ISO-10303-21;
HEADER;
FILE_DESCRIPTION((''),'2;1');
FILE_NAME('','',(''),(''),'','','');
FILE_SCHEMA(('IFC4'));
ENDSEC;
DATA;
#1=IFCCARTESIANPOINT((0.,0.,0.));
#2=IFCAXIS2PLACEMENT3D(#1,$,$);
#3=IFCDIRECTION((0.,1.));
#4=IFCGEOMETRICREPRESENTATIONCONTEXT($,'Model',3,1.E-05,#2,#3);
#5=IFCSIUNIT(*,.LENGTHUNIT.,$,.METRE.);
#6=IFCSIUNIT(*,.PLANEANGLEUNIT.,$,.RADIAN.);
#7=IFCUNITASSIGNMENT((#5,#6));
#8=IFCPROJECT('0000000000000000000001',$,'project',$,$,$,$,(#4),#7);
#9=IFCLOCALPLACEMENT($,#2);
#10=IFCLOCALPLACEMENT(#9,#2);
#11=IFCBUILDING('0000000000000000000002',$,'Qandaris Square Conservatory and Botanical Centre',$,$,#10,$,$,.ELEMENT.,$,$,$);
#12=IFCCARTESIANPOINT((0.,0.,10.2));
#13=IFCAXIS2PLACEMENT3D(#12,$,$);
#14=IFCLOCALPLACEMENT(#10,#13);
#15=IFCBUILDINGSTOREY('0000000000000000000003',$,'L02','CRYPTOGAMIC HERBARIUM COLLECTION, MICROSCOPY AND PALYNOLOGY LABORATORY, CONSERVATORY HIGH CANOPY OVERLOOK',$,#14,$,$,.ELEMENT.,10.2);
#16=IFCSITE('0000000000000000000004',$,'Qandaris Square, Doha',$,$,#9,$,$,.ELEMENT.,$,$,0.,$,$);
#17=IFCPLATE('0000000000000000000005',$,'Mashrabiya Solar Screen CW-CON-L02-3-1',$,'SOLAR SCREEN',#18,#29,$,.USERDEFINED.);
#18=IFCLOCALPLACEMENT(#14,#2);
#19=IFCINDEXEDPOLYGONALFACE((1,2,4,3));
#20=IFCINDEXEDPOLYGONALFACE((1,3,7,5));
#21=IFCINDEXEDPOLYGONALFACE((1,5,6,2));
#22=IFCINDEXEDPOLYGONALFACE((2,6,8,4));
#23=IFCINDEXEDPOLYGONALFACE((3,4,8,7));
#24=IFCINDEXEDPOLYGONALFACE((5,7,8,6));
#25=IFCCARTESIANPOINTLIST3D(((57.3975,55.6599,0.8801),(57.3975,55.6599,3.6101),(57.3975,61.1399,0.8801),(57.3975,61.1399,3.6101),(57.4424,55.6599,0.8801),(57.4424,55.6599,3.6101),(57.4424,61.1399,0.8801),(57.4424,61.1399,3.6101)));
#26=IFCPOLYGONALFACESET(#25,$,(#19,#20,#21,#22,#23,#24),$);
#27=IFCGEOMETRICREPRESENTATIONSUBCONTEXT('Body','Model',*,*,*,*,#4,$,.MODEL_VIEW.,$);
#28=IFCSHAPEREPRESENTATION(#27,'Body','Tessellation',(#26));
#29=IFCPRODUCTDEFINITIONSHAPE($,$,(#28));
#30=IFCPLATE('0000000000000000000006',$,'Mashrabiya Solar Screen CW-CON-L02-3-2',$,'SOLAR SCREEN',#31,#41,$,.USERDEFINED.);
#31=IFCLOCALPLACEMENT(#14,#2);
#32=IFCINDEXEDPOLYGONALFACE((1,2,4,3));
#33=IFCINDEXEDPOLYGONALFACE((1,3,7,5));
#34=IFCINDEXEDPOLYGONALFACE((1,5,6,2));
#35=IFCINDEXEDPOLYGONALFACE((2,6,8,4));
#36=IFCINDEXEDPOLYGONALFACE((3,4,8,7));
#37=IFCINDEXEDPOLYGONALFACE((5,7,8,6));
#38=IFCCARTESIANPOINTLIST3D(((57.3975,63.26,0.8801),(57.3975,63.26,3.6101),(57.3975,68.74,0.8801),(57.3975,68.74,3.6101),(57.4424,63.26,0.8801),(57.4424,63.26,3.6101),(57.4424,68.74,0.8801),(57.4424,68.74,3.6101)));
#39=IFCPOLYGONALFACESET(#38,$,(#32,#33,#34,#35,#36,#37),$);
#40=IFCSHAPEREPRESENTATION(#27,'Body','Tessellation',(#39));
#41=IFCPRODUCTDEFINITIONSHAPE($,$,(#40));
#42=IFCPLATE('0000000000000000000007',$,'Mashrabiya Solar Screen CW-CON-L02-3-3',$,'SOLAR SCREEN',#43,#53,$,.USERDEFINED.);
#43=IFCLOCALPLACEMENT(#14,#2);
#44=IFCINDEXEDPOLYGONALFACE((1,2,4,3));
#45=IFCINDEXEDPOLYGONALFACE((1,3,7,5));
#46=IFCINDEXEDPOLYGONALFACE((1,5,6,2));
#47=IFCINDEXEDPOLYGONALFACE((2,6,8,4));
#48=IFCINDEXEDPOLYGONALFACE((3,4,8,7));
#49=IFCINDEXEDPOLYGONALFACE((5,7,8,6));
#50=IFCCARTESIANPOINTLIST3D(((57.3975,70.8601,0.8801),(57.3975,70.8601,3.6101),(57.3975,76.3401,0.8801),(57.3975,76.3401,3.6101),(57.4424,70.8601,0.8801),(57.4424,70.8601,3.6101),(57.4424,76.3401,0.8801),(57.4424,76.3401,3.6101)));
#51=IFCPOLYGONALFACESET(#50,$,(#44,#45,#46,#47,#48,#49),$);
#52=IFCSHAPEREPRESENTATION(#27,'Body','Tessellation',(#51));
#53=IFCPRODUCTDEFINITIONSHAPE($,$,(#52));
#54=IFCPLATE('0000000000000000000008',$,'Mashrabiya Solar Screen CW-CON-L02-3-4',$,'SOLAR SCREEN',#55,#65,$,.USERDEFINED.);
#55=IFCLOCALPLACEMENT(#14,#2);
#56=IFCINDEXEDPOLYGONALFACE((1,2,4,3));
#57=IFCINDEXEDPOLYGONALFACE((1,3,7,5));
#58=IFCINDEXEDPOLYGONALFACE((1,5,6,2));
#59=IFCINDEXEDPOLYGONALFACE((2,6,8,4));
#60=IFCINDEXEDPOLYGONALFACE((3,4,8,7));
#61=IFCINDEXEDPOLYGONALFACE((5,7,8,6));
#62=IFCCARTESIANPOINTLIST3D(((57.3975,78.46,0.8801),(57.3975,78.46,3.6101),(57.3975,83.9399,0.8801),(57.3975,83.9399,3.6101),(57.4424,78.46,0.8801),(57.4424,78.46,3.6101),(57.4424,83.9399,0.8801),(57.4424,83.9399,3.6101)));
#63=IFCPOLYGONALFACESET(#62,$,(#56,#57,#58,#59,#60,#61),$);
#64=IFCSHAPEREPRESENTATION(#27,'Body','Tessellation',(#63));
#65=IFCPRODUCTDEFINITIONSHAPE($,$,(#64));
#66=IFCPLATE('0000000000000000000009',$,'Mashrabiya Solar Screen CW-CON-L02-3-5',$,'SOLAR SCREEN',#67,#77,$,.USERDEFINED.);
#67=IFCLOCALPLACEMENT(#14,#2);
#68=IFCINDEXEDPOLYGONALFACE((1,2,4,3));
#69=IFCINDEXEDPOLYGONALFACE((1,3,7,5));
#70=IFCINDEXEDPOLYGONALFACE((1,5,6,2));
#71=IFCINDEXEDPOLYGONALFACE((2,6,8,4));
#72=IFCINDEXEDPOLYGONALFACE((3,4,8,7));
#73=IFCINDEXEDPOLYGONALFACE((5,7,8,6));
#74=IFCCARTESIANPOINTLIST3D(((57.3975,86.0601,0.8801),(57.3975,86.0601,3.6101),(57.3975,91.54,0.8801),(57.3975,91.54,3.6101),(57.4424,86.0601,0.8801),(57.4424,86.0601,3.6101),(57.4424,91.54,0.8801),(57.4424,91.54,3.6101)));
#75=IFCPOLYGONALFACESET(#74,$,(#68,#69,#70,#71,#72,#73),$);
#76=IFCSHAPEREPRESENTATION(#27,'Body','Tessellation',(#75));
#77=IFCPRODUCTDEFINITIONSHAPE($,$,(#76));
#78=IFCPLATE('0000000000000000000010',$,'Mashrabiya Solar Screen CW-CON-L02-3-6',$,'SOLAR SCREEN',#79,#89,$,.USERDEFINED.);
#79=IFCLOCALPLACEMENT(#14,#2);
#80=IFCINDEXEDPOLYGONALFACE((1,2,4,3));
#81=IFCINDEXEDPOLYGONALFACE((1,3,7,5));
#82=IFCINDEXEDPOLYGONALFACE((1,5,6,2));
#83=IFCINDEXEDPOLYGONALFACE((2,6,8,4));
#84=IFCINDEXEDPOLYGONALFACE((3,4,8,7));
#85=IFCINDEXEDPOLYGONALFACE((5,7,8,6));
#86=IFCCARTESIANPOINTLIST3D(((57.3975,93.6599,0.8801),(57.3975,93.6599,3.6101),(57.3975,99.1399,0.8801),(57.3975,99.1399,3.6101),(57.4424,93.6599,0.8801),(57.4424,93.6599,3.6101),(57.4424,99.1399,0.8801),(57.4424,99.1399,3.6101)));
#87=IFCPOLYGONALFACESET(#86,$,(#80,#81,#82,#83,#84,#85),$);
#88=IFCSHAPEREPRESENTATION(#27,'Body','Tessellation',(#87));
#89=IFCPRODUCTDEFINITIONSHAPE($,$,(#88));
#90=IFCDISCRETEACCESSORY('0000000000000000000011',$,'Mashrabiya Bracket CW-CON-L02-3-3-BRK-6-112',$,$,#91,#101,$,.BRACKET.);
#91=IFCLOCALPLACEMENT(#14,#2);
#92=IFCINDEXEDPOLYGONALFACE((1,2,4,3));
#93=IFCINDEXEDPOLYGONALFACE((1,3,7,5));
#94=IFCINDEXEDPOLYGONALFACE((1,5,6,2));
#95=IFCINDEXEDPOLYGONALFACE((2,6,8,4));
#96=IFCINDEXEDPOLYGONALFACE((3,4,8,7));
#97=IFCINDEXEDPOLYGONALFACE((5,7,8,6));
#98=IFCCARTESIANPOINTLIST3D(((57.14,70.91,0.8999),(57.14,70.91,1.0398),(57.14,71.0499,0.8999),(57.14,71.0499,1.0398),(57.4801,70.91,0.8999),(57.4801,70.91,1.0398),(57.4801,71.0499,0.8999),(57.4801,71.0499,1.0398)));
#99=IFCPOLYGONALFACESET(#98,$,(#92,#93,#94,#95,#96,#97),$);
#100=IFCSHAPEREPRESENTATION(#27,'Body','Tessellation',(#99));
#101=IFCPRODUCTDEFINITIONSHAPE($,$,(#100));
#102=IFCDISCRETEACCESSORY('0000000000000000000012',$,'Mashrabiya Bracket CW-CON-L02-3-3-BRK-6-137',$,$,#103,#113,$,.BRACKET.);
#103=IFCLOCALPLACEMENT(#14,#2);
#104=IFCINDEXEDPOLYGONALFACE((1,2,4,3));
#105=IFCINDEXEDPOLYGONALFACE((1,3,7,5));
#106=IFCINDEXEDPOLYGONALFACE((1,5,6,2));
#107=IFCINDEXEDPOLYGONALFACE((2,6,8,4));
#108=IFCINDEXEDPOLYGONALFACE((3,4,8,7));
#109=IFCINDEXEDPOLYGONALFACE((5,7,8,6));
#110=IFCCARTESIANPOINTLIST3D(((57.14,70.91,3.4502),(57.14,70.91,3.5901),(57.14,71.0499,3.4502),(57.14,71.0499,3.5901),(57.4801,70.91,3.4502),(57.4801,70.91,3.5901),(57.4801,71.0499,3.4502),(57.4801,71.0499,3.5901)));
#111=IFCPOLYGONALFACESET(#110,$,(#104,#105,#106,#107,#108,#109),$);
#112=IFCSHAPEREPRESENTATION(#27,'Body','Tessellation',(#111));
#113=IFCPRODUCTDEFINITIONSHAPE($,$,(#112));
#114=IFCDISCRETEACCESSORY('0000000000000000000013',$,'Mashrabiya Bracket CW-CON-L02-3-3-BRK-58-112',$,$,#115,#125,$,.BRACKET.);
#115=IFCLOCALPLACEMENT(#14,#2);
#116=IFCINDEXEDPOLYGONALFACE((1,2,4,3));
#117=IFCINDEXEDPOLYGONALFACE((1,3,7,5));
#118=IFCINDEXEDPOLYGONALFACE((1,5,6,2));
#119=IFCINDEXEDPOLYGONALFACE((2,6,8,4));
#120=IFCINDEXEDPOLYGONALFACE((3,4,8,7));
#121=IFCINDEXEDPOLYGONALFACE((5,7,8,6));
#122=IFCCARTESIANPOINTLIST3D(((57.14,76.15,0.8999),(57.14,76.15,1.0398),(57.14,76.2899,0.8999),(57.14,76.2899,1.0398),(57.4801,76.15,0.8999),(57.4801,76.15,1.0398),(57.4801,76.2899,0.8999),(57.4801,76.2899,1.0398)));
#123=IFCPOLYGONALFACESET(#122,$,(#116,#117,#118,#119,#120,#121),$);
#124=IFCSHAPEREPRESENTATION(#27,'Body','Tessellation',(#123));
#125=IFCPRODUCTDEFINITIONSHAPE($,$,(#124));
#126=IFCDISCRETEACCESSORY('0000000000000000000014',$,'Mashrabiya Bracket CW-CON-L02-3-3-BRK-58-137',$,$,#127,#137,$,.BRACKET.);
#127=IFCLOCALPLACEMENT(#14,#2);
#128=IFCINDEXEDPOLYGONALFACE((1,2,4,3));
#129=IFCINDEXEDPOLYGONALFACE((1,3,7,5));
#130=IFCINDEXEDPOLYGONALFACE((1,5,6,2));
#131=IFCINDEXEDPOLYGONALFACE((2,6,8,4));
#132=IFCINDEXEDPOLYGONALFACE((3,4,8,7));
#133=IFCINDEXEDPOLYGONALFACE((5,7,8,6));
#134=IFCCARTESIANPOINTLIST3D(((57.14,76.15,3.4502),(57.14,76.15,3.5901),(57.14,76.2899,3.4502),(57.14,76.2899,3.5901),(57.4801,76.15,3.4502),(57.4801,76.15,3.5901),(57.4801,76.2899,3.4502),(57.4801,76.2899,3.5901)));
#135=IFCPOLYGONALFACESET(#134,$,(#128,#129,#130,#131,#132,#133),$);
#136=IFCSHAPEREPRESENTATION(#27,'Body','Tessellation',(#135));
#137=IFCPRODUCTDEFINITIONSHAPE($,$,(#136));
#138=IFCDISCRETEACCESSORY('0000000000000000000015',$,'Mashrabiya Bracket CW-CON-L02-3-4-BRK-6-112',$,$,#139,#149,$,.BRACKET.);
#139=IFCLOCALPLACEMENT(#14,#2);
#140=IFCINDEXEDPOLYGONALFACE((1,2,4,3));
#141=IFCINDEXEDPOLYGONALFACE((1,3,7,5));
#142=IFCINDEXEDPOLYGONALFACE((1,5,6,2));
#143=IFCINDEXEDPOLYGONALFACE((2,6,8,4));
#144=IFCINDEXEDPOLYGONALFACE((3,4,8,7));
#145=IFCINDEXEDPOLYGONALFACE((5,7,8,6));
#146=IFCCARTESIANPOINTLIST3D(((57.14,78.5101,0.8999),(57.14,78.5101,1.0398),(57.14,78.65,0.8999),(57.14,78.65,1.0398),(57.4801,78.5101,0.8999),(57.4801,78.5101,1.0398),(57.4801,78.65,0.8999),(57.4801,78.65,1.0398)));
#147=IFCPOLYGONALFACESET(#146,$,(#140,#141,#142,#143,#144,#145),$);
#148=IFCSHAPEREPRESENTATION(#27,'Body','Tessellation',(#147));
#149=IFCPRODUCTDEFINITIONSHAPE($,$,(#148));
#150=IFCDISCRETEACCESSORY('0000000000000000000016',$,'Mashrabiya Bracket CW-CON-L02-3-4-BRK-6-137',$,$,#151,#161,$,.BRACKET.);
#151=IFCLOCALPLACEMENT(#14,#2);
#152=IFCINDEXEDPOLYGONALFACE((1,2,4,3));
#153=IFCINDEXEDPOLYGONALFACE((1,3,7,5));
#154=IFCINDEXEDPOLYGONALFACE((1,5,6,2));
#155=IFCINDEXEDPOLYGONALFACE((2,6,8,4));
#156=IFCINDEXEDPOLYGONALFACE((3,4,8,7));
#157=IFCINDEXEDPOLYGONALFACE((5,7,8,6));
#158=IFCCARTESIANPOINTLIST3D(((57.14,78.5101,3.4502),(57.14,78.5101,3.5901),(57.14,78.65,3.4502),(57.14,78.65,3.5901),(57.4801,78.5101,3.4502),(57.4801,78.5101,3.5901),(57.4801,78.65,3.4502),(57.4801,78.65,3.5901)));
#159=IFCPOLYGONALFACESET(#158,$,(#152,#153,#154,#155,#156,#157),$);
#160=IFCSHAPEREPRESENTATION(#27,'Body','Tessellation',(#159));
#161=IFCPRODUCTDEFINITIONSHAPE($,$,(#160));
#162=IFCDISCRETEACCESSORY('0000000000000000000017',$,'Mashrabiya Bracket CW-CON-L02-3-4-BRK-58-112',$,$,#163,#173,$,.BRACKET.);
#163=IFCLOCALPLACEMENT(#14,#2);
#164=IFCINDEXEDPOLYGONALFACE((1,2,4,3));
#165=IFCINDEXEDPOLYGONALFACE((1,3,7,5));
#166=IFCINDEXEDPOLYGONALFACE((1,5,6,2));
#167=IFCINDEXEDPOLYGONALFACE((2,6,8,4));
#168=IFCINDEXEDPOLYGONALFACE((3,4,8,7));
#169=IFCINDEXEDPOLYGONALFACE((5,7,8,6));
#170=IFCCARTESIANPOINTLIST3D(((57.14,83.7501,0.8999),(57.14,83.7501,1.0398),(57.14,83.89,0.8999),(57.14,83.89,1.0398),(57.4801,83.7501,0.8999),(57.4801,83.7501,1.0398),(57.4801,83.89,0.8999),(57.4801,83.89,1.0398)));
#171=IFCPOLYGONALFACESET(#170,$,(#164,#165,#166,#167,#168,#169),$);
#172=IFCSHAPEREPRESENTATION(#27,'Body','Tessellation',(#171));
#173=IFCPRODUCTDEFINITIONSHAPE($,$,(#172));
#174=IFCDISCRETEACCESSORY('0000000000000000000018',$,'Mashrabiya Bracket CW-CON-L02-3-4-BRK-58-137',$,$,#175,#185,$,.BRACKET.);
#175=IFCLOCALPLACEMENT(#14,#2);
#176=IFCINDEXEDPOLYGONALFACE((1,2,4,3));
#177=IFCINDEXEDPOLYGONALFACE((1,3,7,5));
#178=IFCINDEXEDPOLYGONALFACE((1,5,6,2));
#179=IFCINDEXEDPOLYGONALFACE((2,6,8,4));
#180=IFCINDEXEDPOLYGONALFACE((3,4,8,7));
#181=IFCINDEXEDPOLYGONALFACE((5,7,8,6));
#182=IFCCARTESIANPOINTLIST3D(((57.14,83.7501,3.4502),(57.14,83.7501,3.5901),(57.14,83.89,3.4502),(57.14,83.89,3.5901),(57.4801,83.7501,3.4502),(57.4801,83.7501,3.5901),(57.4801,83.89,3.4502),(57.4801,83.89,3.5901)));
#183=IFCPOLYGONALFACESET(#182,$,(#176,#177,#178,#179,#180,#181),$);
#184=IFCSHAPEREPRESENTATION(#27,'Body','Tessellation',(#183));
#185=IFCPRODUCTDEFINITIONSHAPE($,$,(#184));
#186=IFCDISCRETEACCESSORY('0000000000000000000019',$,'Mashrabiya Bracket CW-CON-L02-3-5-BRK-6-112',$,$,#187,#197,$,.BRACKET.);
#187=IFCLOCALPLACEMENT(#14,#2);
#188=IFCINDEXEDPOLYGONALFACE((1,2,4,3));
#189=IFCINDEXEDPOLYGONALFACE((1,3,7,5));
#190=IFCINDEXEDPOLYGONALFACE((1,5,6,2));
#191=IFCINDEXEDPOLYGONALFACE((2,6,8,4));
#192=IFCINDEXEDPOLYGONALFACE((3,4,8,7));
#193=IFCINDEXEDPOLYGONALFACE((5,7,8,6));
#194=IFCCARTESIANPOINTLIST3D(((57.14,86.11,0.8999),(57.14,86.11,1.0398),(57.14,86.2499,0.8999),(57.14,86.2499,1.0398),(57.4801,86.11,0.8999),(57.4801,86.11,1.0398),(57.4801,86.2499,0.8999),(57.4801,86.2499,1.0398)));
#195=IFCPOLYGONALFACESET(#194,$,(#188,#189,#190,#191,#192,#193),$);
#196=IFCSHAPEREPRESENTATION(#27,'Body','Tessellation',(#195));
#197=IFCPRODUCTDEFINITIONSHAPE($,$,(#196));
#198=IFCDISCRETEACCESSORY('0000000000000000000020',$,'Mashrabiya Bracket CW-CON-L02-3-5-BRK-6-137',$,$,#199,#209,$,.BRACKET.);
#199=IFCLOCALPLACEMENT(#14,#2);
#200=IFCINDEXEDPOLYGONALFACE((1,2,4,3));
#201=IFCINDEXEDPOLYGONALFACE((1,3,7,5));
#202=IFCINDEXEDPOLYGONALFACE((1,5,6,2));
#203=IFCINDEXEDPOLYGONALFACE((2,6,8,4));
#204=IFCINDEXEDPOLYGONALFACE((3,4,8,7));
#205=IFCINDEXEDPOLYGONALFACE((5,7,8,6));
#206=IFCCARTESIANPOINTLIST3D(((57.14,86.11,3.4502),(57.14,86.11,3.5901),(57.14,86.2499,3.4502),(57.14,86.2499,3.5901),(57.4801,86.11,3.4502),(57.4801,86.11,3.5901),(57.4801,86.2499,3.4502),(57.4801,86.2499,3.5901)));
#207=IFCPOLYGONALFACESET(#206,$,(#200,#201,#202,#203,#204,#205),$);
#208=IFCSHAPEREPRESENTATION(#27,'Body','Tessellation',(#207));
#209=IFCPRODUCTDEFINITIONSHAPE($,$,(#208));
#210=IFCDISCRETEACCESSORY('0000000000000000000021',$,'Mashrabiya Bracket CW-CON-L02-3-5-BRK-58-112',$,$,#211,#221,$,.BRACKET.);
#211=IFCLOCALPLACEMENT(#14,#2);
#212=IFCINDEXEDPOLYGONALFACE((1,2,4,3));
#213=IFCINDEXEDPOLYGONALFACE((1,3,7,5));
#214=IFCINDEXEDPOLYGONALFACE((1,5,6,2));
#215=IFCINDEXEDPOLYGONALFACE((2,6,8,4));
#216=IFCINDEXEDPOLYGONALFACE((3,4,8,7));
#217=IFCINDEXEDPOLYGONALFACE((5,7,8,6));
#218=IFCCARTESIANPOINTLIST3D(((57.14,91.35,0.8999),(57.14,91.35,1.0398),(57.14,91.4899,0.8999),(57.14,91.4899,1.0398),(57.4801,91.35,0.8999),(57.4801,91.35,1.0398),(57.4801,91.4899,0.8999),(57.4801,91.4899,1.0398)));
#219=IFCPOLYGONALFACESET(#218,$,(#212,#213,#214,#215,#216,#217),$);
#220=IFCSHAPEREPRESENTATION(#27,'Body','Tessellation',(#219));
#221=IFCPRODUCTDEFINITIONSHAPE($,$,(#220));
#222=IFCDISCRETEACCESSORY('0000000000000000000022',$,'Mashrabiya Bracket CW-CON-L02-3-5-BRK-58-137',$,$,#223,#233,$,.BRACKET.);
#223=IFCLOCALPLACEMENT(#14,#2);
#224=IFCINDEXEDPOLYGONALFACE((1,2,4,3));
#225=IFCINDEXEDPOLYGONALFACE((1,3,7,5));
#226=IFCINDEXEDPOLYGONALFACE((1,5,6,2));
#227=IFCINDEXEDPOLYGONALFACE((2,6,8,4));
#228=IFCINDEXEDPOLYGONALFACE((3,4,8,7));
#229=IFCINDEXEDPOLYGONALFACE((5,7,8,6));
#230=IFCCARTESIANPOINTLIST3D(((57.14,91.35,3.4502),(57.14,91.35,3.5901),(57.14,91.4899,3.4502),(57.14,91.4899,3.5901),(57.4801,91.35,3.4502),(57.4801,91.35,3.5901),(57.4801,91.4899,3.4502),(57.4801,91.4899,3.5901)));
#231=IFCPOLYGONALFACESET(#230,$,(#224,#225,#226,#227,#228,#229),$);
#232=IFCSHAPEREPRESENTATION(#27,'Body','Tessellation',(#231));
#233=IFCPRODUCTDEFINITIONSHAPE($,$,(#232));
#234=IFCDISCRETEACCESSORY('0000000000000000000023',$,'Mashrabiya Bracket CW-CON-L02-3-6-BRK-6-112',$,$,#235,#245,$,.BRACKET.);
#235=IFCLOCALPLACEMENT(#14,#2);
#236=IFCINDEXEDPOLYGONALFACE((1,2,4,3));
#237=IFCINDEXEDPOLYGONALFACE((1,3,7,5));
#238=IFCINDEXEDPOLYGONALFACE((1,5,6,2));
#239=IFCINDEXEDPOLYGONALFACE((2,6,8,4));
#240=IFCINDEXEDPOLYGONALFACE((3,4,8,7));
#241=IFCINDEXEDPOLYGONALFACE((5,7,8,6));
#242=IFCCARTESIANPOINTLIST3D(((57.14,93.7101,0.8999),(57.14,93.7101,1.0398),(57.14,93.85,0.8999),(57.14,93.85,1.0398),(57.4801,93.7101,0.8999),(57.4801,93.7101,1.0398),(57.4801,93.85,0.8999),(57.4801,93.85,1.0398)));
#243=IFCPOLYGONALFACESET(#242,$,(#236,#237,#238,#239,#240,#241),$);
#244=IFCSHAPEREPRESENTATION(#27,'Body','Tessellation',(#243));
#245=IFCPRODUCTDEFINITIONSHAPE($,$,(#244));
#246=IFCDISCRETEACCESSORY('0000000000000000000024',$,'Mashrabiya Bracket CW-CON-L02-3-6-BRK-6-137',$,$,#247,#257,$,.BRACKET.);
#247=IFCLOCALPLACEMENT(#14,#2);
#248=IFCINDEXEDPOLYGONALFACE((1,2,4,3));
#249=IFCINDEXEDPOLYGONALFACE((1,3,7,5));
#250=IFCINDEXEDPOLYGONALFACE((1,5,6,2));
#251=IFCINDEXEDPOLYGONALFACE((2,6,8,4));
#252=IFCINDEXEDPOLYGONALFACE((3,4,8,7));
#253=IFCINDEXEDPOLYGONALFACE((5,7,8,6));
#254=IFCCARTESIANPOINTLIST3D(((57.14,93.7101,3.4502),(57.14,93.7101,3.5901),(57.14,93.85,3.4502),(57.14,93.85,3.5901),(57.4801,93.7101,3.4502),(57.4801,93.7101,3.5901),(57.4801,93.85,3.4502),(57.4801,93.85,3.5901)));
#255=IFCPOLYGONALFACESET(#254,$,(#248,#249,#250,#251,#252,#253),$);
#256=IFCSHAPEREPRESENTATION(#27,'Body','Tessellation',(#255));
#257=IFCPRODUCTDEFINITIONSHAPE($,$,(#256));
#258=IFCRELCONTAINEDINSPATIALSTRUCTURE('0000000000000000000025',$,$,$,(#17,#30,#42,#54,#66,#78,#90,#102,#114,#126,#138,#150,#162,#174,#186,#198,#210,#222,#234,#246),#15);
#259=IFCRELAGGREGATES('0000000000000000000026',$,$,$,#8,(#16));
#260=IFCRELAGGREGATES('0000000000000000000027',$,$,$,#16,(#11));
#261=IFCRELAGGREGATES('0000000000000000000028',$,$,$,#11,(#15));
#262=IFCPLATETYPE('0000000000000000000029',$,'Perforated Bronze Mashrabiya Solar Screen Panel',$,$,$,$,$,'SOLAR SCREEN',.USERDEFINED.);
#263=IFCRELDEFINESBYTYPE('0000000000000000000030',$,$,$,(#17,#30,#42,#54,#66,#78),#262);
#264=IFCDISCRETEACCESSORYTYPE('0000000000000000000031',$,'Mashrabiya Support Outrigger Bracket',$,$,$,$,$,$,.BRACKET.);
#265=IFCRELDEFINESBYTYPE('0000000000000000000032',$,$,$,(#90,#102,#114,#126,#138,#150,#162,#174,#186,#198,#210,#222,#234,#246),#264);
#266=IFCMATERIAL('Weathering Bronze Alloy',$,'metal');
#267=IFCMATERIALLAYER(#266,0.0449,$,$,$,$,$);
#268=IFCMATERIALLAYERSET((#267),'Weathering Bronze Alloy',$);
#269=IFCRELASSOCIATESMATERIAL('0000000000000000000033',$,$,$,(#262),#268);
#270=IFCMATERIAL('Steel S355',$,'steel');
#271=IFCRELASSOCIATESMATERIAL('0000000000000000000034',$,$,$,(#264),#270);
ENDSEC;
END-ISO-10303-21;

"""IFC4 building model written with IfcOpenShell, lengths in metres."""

from ifc_helpers import new_model, si_unit, direction, frame, origin, origin_2d, place, context, subcontext, project, spatial, rectangle, extrude, material, layer, layer_set, type_object, element, save


model = new_model("IFC4")

# Units and contexts
model_context = context("Model", 3, precision=1e-05, world=origin(), true_north=direction((0.0, 1.0)))
body_context = subcontext(model_context, "Body", "Model", "MODEL_VIEW")
ifc_project = project(units=[si_unit("LENGTHUNIT", "METRE"), si_unit("PLANEANGLEUNIT", "RADIAN")], contexts=[model_context])

# Site, building, storey
site_placement = place(None, origin())
site = spatial("IfcSite", under=ifc_project, at=site_placement, Name="Qandaris Square, Doha", CompositionType="ELEMENT", RefElevation=0.0)
building_placement = place(site_placement, origin())
building = spatial("IfcBuilding", under=site, at=building_placement, Name="Qandaris Square Conservatory and Botanical Centre", CompositionType="ELEMENT")
storey_placement = place(building_placement, frame((0.0, 0.0, 10.2)))
storey = spatial("IfcBuildingStorey", under=building, at=storey_placement, Name="L02", Description="CRYPTOGAMIC HERBARIUM COLLECTION, MICROSCOPY AND PALYNOLOGY LABORATORY, CONSERVATORY HIGH CANOPY OVERLOOK", CompositionType="ELEMENT", Elevation=10.2)

# Plates
ifc_material_1 = material(Name="Weathering Bronze Alloy", Category="metal")
ifc_layer = layer(ifc_material_1, 0.0449)
ifc_layer_set = layer_set([ifc_layer], Name="Weathering Bronze Alloy")
plate_type = type_object("IfcPlateType", Name="Perforated Bronze Mashrabiya Solar Screen Panel", ElementType="SOLAR SCREEN", PredefinedType="USERDEFINED", material=ifc_layer_set)
for number, where, z_axis, x_axis, name in (
    (1, (57.4199, 58.3999, 0.8801), (0.0, 0.0, 1.0), (0.0, 1.0, 0.0), "Mashrabiya Solar Screen CW-CON-L02-3-1"),
    (2, (57.4199, 66.0, 0.8801), (0.0, 0.0, 1.0), (0.0, 1.0, 0.0), "Mashrabiya Solar Screen CW-CON-L02-3-2"),
    (3, (57.4199, 73.6001, 0.8801), (0.0, 0.0, 1.0), (0.0, 1.0, 0.0), "Mashrabiya Solar Screen CW-CON-L02-3-3"),
    (4, (57.4199, 81.2, 0.8801), (0.0, 0.0, 1.0), (0.0, 1.0, 0.0), "Mashrabiya Solar Screen CW-CON-L02-3-4"),
    (5, (57.4199, 88.8, 0.8801), (0.0, 0.0, 1.0), (0.0, 1.0, 0.0), "Mashrabiya Solar Screen CW-CON-L02-3-5"),
    (6, (57.4199, 96.3999, 0.8801), (0.0, 0.0, 1.0), (0.0, 1.0, 0.0), "Mashrabiya Solar Screen CW-CON-L02-3-6"),
):
    element("IfcPlate", number, at=place(storey_placement, frame(where, z_axis=z_axis, x_axis=x_axis)), inside=storey, type_object=plate_type, Name=name, ObjectType="SOLAR SCREEN", PredefinedType="USERDEFINED", context=body_context, shape_type="SweptSolid", body=[
        extrude(rectangle(XDim=5.48, YDim=0.0449, at=origin_2d()), origin(), (0.0, 0.0, 1.0), 2.73),
    ])

# Discrete accessories
ifc_material_2 = material(Name="Steel S355", Category="steel")
discrete_accessory_type = type_object("IfcDiscreteAccessoryType", Name="Mashrabiya Support Outrigger Bracket", PredefinedType="BRACKET", material=ifc_material_2)
for number, where, z_axis, x_axis, name in (
    (7, (57.3101, 70.98, 0.8999), (0.0, 0.0, 1.0), (0.0, 1.0, 0.0), "Mashrabiya Bracket CW-CON-L02-3-3-BRK-6-112"),
    (8, (57.3101, 70.98, 3.4502), (0.0, 0.0, 1.0), (0.0, 1.0, 0.0), "Mashrabiya Bracket CW-CON-L02-3-3-BRK-6-137"),
    (9, (57.3101, 76.22, 0.8999), (0.0, 0.0, 1.0), (0.0, 1.0, 0.0), "Mashrabiya Bracket CW-CON-L02-3-3-BRK-58-112"),
    (10, (57.3101, 76.22, 3.4502), (0.0, 0.0, 1.0), (0.0, 1.0, 0.0), "Mashrabiya Bracket CW-CON-L02-3-3-BRK-58-137"),
    (11, (57.3101, 78.5801, 0.8999), (0.0, 0.0, 1.0), (0.0, 1.0, 0.0), "Mashrabiya Bracket CW-CON-L02-3-4-BRK-6-112"),
    (12, (57.3101, 78.5801, 3.4502), (0.0, 0.0, 1.0), (0.0, 1.0, 0.0), "Mashrabiya Bracket CW-CON-L02-3-4-BRK-6-137"),
    (13, (57.3101, 83.8201, 0.8999), (0.0, 0.0, 1.0), (0.0, 1.0, 0.0), "Mashrabiya Bracket CW-CON-L02-3-4-BRK-58-112"),
    (14, (57.3101, 83.8201, 3.4502), (0.0, 0.0, 1.0), (0.0, 1.0, 0.0), "Mashrabiya Bracket CW-CON-L02-3-4-BRK-58-137"),
    (15, (57.3101, 86.1799, 0.8999), (0.0, 0.0, 1.0), (0.0, 1.0, 0.0), "Mashrabiya Bracket CW-CON-L02-3-5-BRK-6-112"),
    (16, (57.3101, 86.1799, 3.4502), (0.0, 0.0, 1.0), (0.0, 1.0, 0.0), "Mashrabiya Bracket CW-CON-L02-3-5-BRK-6-137"),
    (17, (57.3101, 91.4199, 0.8999), (0.0, 0.0, 1.0), (0.0, 1.0, 0.0), "Mashrabiya Bracket CW-CON-L02-3-5-BRK-58-112"),
    (18, (57.3101, 91.4199, 3.4502), (0.0, 0.0, 1.0), (0.0, 1.0, 0.0), "Mashrabiya Bracket CW-CON-L02-3-5-BRK-58-137"),
    (19, (57.3101, 93.78, 0.8999), (0.0, 0.0, 1.0), (0.0, 1.0, 0.0), "Mashrabiya Bracket CW-CON-L02-3-6-BRK-6-112"),
    (20, (57.3101, 93.78, 3.4502), (0.0, 0.0, 1.0), (0.0, 1.0, 0.0), "Mashrabiya Bracket CW-CON-L02-3-6-BRK-6-137"),
):
    element("IfcDiscreteAccessory", number, at=place(storey_placement, frame(where, z_axis=z_axis, x_axis=x_axis)), inside=storey, type_object=discrete_accessory_type, Name=name, PredefinedType="BRACKET", context=body_context, shape_type="SweptSolid", body=[
        extrude(rectangle(XDim=0.1399, YDim=0.3401, at=origin_2d()), origin(), (0.0, 0.0, 1.0), 0.1399),
    ])

save(model, "model.ifc")
